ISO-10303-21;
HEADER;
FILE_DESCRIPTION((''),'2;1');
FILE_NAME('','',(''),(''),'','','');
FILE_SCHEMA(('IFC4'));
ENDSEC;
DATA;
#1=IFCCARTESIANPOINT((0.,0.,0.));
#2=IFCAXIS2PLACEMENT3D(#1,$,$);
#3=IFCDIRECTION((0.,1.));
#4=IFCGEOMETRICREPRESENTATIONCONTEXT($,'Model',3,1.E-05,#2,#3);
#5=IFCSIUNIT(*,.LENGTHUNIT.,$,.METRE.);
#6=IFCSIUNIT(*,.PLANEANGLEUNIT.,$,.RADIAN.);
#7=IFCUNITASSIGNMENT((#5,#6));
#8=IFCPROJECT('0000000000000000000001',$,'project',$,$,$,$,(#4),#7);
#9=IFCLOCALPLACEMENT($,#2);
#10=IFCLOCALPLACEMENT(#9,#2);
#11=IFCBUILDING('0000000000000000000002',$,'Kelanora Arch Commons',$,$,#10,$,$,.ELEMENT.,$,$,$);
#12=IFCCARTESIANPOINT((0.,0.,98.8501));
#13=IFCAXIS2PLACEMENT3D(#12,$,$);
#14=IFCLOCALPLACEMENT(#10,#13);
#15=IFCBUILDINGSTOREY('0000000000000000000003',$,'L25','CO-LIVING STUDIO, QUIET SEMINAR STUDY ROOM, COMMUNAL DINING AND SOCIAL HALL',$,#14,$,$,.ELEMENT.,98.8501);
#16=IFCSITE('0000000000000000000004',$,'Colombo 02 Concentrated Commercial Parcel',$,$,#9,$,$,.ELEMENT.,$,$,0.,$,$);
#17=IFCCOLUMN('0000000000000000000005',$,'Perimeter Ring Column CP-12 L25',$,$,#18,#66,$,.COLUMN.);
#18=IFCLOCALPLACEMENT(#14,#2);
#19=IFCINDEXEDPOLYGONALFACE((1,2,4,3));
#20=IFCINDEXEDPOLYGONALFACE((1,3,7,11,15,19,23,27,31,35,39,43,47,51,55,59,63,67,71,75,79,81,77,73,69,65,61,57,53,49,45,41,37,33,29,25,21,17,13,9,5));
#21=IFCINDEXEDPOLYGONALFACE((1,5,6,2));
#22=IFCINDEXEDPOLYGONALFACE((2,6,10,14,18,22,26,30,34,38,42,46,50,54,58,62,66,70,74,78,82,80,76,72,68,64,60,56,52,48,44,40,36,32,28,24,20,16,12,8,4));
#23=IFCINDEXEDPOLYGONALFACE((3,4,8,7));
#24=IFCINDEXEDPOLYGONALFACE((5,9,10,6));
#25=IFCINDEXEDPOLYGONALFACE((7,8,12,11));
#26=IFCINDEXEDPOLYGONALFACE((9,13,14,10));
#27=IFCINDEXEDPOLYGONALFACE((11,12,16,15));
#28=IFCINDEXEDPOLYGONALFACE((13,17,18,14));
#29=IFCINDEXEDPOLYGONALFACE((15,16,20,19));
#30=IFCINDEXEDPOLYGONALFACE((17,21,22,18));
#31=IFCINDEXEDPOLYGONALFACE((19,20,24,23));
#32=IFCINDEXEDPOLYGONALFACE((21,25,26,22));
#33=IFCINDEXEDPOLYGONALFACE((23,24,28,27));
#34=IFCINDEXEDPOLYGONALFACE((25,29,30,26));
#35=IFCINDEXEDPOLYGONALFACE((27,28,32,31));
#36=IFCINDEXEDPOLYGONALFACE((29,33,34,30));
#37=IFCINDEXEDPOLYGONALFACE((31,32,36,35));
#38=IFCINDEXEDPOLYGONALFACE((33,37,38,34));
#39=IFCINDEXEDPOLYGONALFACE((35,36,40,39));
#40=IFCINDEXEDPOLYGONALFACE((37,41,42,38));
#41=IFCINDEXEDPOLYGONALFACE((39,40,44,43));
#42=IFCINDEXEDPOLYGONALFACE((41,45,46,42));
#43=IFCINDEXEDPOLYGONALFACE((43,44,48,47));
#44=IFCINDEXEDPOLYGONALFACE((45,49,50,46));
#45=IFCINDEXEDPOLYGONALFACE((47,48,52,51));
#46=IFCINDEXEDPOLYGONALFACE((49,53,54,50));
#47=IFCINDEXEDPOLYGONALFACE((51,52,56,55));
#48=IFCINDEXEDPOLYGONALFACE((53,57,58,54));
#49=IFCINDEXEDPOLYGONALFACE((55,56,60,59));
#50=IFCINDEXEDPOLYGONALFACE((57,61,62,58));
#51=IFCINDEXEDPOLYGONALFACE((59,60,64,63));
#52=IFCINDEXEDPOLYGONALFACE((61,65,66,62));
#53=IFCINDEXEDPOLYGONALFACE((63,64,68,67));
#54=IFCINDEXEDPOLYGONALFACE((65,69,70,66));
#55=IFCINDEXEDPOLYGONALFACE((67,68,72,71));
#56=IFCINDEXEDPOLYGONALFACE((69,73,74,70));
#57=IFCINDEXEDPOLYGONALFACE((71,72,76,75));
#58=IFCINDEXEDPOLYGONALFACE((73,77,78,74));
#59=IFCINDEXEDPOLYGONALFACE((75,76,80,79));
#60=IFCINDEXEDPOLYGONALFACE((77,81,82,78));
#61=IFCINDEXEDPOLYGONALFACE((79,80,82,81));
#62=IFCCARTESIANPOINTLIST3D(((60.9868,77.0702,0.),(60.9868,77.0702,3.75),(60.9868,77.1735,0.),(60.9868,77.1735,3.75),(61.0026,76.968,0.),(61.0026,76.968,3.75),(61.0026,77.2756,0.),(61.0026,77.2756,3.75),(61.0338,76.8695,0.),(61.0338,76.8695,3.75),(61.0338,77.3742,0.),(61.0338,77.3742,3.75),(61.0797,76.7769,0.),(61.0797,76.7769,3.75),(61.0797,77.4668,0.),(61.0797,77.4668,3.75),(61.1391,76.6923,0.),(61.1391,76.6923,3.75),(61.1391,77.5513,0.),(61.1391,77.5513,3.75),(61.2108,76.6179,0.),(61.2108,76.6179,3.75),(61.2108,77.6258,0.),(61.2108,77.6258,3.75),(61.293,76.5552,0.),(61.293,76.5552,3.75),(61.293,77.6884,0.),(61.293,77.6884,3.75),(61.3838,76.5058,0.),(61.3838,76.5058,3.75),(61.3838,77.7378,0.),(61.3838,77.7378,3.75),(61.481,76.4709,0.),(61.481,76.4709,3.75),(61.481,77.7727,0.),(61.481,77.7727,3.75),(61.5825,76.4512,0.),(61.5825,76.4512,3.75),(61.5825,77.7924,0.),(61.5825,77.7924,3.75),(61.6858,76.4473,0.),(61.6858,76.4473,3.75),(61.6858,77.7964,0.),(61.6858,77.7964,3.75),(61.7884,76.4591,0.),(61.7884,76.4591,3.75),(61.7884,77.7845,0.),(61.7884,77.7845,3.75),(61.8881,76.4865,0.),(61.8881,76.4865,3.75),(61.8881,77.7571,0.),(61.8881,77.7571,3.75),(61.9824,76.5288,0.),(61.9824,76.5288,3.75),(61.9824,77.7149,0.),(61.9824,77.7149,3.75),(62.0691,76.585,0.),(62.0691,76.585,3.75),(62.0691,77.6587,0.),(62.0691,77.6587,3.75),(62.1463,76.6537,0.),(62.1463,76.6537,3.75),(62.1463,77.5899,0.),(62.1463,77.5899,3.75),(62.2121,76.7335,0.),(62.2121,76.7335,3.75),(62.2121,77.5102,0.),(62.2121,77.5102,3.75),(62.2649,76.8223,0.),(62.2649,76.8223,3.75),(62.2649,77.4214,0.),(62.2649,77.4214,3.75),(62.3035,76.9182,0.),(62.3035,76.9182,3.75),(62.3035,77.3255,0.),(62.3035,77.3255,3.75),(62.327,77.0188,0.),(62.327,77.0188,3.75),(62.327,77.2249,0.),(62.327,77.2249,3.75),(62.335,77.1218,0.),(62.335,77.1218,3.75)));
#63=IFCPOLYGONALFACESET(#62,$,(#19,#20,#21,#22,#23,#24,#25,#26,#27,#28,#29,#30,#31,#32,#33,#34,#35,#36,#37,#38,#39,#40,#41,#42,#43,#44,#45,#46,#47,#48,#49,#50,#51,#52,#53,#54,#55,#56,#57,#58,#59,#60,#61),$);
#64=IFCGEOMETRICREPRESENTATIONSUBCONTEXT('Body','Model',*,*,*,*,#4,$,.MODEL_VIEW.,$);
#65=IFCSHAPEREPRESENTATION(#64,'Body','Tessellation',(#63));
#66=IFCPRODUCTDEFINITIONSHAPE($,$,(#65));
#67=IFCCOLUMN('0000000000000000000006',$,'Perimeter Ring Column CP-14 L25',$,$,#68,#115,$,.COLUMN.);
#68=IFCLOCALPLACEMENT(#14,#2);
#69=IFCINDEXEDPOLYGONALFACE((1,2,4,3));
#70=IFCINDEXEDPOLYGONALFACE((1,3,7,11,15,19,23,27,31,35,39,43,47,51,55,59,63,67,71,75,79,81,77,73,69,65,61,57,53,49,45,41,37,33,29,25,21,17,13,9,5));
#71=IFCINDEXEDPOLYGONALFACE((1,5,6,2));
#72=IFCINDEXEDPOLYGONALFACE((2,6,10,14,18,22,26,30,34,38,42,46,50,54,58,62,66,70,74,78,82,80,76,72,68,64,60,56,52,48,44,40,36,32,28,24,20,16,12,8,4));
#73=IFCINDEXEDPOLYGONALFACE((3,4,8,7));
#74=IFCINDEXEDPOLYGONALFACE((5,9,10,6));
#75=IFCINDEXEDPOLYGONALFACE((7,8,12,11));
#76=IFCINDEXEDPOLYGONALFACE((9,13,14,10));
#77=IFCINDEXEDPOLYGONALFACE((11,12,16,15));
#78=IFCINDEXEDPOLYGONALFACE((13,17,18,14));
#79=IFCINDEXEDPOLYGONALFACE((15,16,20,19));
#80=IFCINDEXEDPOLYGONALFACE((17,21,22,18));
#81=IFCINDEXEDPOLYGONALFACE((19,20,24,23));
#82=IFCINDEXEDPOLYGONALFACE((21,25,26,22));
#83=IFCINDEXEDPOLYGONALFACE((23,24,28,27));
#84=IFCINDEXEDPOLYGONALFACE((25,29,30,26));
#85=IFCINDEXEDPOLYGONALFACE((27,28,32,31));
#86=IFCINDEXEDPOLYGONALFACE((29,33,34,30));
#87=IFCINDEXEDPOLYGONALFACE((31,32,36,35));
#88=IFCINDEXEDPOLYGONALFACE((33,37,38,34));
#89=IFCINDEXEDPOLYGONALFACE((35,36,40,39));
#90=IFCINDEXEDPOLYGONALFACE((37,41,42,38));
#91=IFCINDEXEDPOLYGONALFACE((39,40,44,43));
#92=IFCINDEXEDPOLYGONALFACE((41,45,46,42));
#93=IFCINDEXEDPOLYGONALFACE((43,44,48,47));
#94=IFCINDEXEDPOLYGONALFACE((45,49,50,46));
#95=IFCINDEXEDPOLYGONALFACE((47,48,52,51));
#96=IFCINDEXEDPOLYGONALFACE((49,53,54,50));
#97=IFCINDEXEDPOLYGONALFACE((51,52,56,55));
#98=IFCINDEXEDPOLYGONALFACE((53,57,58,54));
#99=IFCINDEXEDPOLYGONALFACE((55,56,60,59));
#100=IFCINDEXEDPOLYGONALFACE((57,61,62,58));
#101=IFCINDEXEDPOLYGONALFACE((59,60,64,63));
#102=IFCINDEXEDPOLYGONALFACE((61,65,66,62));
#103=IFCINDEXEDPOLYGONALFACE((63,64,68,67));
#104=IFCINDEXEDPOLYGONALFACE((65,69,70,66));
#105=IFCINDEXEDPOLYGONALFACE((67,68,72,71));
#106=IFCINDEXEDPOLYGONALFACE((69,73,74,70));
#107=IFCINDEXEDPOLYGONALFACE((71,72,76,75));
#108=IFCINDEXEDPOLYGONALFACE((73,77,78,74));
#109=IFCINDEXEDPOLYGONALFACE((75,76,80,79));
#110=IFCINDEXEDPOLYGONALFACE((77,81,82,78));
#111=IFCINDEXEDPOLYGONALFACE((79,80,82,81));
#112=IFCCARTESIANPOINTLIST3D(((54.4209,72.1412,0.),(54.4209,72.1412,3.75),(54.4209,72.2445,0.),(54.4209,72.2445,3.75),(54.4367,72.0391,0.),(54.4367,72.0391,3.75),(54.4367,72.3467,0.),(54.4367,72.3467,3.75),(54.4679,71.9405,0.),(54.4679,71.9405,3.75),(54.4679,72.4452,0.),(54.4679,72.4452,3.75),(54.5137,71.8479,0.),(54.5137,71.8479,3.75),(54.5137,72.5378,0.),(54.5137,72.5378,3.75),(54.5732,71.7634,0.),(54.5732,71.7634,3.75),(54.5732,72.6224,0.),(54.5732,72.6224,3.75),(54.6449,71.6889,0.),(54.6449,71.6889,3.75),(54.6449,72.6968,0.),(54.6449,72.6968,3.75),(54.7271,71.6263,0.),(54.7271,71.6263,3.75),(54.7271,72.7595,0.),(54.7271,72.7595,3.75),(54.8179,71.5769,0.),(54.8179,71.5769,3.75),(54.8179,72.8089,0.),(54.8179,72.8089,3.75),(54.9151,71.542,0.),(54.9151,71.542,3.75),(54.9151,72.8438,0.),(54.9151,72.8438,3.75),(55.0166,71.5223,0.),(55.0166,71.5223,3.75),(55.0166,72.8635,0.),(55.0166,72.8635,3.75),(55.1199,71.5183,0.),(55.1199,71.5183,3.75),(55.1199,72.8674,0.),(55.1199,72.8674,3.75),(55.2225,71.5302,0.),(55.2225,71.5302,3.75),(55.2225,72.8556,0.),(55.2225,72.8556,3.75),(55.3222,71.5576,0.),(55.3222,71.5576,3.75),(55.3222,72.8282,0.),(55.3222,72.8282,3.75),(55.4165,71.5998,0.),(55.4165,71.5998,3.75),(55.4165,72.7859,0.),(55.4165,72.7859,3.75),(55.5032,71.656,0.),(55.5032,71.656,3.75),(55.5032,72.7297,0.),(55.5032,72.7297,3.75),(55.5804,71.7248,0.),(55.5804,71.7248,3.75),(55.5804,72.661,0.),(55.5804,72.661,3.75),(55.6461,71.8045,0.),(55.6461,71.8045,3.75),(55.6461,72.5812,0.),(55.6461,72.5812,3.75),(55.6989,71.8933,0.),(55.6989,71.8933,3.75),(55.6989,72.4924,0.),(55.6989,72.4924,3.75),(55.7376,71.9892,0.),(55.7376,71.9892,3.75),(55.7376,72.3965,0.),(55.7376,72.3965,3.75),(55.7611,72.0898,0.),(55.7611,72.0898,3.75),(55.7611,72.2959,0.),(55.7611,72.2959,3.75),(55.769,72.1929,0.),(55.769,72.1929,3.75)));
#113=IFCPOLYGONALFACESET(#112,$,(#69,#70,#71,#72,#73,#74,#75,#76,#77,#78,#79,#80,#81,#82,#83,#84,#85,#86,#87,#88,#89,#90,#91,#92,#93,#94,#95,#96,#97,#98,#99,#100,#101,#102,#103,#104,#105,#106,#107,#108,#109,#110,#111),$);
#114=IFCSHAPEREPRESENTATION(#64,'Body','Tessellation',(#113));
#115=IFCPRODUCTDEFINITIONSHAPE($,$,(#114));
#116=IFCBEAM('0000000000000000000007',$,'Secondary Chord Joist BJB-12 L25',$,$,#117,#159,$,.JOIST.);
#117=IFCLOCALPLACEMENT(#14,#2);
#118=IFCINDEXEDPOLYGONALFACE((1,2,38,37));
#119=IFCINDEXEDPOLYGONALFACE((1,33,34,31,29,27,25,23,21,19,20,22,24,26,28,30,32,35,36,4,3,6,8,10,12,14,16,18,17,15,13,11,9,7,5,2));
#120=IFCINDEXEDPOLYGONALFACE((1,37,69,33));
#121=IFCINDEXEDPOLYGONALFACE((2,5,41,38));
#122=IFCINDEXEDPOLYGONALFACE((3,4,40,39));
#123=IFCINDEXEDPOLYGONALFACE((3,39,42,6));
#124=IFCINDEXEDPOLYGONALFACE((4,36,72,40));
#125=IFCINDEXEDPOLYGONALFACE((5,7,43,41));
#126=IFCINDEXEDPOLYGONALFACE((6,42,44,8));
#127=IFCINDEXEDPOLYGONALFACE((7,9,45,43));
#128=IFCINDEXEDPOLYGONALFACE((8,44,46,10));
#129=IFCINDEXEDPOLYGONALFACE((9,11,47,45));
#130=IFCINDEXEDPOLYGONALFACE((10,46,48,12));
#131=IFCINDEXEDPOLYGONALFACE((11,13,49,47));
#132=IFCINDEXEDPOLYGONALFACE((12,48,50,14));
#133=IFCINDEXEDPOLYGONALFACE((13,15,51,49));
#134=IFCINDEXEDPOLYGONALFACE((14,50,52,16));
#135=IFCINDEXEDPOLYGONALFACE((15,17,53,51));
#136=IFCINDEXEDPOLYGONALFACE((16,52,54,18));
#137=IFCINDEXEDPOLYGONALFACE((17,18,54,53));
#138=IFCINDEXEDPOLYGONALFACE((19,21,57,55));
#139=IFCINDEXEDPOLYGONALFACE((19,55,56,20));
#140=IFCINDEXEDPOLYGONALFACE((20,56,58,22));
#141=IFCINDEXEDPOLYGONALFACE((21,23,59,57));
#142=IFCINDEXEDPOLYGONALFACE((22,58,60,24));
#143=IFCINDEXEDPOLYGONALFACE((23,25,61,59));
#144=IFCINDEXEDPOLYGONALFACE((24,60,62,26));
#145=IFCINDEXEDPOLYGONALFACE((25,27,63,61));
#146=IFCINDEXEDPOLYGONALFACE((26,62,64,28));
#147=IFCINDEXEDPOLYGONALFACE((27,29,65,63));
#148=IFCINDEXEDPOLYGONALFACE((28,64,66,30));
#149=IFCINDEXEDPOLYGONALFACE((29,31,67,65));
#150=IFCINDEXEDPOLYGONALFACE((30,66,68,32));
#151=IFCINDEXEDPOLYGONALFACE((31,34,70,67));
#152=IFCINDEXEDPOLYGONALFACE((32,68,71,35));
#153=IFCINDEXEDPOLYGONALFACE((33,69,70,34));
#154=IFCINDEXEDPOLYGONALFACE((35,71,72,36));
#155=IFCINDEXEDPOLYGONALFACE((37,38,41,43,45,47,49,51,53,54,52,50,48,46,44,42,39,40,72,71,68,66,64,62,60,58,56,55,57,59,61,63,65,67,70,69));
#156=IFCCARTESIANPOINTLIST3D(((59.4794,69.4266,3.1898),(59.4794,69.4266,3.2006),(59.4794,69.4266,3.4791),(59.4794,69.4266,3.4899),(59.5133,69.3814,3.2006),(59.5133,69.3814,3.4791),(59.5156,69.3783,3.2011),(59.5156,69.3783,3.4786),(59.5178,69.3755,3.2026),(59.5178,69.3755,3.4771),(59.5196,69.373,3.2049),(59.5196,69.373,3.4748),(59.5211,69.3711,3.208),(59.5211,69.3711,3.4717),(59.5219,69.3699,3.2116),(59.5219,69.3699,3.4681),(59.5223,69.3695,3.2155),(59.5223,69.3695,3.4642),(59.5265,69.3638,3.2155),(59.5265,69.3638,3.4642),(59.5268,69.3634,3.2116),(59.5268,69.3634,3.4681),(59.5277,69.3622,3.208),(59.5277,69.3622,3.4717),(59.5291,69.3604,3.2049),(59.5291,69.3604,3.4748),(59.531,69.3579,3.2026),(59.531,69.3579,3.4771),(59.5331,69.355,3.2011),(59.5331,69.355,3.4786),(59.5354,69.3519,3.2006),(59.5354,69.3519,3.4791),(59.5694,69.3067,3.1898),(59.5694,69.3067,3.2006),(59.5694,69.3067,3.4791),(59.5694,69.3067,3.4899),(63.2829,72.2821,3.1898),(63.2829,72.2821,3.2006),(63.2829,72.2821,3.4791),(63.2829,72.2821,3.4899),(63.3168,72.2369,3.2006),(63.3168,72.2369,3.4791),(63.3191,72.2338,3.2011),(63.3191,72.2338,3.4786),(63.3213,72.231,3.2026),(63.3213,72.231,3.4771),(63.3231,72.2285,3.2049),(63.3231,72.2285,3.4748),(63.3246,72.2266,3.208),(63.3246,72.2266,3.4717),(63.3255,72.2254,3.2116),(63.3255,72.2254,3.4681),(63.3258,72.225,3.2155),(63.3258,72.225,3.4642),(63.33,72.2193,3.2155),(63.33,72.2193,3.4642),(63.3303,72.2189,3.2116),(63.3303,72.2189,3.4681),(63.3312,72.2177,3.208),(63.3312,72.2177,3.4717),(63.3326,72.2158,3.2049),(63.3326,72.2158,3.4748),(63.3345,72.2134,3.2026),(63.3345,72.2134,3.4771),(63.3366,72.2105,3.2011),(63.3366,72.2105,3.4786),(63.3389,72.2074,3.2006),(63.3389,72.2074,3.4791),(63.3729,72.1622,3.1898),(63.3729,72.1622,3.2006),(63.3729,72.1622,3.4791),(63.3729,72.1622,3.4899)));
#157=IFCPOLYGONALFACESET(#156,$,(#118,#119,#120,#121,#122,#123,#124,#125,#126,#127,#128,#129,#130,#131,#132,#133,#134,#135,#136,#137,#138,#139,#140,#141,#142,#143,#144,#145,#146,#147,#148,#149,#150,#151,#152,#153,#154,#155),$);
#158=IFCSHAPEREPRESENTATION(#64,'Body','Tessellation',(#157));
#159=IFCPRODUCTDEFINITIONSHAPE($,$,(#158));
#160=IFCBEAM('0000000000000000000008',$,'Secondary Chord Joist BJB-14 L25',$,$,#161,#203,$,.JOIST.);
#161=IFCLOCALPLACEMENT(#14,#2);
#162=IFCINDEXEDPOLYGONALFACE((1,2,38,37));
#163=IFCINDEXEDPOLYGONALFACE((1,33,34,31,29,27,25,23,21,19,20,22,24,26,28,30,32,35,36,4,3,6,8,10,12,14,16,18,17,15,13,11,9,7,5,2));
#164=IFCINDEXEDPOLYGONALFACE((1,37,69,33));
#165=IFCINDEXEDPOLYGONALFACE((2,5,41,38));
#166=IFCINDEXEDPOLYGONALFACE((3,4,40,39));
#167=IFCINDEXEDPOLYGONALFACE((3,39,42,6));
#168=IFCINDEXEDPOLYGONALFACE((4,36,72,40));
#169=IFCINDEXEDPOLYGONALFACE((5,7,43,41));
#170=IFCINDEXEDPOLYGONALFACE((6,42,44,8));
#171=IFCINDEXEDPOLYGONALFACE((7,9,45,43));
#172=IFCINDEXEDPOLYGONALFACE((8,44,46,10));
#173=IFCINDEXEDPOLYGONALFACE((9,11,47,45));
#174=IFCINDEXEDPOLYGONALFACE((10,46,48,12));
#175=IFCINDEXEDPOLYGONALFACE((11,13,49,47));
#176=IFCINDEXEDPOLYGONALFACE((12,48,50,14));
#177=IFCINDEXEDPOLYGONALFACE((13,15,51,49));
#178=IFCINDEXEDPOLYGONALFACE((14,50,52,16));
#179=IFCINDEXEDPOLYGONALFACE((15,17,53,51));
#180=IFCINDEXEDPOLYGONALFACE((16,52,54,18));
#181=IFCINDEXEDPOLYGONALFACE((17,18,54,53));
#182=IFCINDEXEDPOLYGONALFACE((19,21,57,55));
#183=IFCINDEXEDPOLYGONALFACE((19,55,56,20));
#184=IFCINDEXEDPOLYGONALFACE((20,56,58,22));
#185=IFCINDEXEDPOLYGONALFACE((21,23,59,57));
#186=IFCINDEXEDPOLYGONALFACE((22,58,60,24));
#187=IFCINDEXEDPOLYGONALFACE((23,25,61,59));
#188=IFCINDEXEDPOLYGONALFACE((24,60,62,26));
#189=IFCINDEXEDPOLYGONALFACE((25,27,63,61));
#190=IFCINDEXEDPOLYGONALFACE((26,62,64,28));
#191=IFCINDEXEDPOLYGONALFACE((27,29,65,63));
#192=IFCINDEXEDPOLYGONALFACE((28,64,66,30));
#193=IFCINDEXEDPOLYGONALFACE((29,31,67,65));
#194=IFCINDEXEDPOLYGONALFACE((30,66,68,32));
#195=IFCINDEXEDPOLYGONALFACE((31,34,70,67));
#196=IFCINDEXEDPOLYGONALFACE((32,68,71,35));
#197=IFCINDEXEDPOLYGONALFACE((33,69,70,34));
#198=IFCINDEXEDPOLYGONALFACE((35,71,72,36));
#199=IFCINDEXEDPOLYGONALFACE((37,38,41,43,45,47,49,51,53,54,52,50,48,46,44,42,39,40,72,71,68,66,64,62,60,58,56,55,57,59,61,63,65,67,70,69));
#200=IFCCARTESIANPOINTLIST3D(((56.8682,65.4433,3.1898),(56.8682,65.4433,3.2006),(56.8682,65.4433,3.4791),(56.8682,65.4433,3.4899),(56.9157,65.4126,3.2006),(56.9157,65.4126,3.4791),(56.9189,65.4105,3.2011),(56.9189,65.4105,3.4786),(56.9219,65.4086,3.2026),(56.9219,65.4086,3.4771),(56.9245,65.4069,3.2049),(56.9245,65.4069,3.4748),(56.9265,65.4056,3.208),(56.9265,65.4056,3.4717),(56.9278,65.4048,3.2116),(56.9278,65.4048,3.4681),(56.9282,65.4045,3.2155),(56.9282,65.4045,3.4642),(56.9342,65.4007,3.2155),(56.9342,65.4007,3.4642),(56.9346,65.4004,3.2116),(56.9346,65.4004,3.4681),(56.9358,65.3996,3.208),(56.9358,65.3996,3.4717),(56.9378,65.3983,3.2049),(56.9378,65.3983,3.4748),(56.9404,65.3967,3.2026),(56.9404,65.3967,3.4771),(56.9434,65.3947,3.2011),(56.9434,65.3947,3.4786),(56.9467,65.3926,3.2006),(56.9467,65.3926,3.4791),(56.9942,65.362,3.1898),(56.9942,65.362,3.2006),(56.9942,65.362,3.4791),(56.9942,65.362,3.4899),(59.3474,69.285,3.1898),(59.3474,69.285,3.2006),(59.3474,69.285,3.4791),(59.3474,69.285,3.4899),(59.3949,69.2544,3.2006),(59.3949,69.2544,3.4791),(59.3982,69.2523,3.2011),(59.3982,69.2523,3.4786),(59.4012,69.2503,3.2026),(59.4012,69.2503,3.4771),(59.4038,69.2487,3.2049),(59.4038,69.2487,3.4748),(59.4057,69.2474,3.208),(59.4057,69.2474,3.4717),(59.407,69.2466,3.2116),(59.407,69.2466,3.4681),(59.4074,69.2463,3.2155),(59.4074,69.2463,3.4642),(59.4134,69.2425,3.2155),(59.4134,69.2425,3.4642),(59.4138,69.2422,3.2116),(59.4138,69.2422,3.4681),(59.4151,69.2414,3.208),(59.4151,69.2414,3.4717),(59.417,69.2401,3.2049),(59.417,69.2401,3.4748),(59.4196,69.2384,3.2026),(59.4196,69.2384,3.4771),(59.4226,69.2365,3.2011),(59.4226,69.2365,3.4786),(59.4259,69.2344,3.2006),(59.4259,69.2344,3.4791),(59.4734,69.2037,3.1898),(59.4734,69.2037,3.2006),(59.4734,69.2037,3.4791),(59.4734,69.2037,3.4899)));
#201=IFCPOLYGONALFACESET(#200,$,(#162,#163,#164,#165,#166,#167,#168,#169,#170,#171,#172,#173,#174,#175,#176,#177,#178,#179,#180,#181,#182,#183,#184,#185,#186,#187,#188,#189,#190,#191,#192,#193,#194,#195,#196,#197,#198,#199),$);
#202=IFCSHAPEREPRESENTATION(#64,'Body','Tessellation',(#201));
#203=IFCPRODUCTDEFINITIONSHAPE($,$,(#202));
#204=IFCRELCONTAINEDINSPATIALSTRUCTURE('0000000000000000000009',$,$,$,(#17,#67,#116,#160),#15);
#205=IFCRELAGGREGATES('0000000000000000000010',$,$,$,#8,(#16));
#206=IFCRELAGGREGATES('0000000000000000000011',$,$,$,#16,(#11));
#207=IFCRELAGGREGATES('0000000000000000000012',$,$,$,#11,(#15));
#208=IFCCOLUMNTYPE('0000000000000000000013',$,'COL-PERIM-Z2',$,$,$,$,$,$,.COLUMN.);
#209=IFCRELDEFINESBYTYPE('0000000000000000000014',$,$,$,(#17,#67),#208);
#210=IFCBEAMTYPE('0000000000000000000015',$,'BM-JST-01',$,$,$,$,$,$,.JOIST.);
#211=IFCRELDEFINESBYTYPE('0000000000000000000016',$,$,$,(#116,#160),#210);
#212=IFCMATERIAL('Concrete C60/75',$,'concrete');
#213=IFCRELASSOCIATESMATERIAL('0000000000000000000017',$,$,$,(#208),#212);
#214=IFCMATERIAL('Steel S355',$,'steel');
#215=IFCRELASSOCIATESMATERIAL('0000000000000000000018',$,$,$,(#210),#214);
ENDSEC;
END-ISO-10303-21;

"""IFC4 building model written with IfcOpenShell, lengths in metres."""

from ifc_helpers import new_model, si_unit, direction, frame, origin, origin_2d, place, context, subcontext, project, spatial, circle, i_section, extrude, material, material_profile, profile_set, type_object, element, save


model = new_model("IFC4")

# Units and contexts
model_context = context("Model", 3, precision=1e-05, world=origin(), true_north=direction((0.0, 1.0)))
body_context = subcontext(model_context, "Body", "Model", "MODEL_VIEW")
ifc_project = project(units=[si_unit("LENGTHUNIT", "METRE"), si_unit("PLANEANGLEUNIT", "RADIAN")], contexts=[model_context])

# Site, building, storey
site_placement = place(None, origin())
site = spatial("IfcSite", under=ifc_project, at=site_placement, Name="Colombo 02 Concentrated Commercial Parcel", CompositionType="ELEMENT", RefElevation=0.0)
building_placement = place(site_placement, origin())
building = spatial("IfcBuilding", under=site, at=building_placement, Name="Kelanora Arch Commons", CompositionType="ELEMENT")
storey_placement = place(building_placement, frame((0.0, 0.0, 98.8501)))
storey = spatial("IfcBuildingStorey", under=building, at=storey_placement, Name="L25", Description="CO-LIVING STUDIO, QUIET SEMINAR STUDY ROOM, COMMUNAL DINING AND SOCIAL HALL", CompositionType="ELEMENT", Elevation=98.8501)

# Columns
ifc_material_1 = material(Name="Concrete C60/75", Category="concrete")
ifc_material_profile_1 = material_profile(ifc_material_1, circle(Radius=0.675, at=origin_2d()), Name="RCC1350")
ifc_profile_set_1 = profile_set([ifc_material_profile_1], Name="Concrete C60/75")
column_type = type_object("IfcColumnType", Name="COL-PERIM-Z2", PredefinedType="COLUMN", material=ifc_profile_set_1)
for number, where, z_axis, x_axis, name in (
    (1, (61.6599, 77.1218, 0.0), (0.0, 0.0, 1.0), (1.0, 0.0, 0.0), "Perimeter Ring Column CP-12 L25"),
    (2, (55.094, 72.1929, 0.0), (0.0, 0.0, 1.0), (1.0, 0.0, 0.0), "Perimeter Ring Column CP-14 L25"),
):
    element("IfcColumn", number, at=place(storey_placement, frame(where, z_axis=z_axis, x_axis=x_axis)), inside=storey, type_object=column_type, Name=name, PredefinedType="COLUMN", context=body_context, shape_type="SweptSolid", body=[
        extrude(circle(Radius=0.675, at=origin_2d()), origin(), (0.0, 0.0, 1.0), 3.75),
    ])

# Beams
ifc_material_2 = material(Name="Steel S355", Category="steel")
ifc_material_profile_2 = material_profile(ifc_material_2, i_section(OverallWidth=0.1499, OverallDepth=0.3, WebThickness=0.0071, FlangeThickness=0.0107, FilletRadius=0.0149, at=origin_2d()), Name="IPE300")
ifc_profile_set_2 = profile_set([ifc_material_profile_2], Name="Steel S355")
beam_type_1 = type_object("IfcBeamType", Name="BM-JST-01", PredefinedType="JOIST", material=ifc_profile_set_2)
beam_1_placement = place(storey_placement, frame((63.3279, 72.2222, 3.3398), z_axis=(-0.79971, -0.600386, 0.0), x_axis=(0.600386, -0.79971, 0.0)))
element("IfcBeam", 3, at=beam_1_placement, inside=storey, type_object=beam_type_1, Name="Secondary Chord Joist BJB-12 L25", PredefinedType="JOIST", context=body_context, shape_type="SweptSolid", body=[
    extrude(i_section(OverallWidth=0.1499, OverallDepth=0.3, WebThickness=0.0071, FlangeThickness=0.0107, FilletRadius=0.0149, at=origin_2d()), origin(), (0.0, 0.0, 1.0), 4.7561),
])
beam_2_placement = place(storey_placement, frame((59.4104, 69.2444, 3.3398), z_axis=(-0.54223, -0.84023, 0.0), x_axis=(0.84023, -0.54223, 0.0)))
element("IfcBeam", 4, at=beam_2_placement, inside=storey, type_object=beam_type_1, Name="Secondary Chord Joist BJB-14 L25", PredefinedType="JOIST", context=body_context, shape_type="SweptSolid", body=[
    extrude(i_section(OverallWidth=0.1499, OverallDepth=0.3, WebThickness=0.0071, FlangeThickness=0.0107, FilletRadius=0.0149, at=origin_2d()), origin(), (0.0, 0.0, 1.0), 4.5723),
])

save(model, "model.ifc")
